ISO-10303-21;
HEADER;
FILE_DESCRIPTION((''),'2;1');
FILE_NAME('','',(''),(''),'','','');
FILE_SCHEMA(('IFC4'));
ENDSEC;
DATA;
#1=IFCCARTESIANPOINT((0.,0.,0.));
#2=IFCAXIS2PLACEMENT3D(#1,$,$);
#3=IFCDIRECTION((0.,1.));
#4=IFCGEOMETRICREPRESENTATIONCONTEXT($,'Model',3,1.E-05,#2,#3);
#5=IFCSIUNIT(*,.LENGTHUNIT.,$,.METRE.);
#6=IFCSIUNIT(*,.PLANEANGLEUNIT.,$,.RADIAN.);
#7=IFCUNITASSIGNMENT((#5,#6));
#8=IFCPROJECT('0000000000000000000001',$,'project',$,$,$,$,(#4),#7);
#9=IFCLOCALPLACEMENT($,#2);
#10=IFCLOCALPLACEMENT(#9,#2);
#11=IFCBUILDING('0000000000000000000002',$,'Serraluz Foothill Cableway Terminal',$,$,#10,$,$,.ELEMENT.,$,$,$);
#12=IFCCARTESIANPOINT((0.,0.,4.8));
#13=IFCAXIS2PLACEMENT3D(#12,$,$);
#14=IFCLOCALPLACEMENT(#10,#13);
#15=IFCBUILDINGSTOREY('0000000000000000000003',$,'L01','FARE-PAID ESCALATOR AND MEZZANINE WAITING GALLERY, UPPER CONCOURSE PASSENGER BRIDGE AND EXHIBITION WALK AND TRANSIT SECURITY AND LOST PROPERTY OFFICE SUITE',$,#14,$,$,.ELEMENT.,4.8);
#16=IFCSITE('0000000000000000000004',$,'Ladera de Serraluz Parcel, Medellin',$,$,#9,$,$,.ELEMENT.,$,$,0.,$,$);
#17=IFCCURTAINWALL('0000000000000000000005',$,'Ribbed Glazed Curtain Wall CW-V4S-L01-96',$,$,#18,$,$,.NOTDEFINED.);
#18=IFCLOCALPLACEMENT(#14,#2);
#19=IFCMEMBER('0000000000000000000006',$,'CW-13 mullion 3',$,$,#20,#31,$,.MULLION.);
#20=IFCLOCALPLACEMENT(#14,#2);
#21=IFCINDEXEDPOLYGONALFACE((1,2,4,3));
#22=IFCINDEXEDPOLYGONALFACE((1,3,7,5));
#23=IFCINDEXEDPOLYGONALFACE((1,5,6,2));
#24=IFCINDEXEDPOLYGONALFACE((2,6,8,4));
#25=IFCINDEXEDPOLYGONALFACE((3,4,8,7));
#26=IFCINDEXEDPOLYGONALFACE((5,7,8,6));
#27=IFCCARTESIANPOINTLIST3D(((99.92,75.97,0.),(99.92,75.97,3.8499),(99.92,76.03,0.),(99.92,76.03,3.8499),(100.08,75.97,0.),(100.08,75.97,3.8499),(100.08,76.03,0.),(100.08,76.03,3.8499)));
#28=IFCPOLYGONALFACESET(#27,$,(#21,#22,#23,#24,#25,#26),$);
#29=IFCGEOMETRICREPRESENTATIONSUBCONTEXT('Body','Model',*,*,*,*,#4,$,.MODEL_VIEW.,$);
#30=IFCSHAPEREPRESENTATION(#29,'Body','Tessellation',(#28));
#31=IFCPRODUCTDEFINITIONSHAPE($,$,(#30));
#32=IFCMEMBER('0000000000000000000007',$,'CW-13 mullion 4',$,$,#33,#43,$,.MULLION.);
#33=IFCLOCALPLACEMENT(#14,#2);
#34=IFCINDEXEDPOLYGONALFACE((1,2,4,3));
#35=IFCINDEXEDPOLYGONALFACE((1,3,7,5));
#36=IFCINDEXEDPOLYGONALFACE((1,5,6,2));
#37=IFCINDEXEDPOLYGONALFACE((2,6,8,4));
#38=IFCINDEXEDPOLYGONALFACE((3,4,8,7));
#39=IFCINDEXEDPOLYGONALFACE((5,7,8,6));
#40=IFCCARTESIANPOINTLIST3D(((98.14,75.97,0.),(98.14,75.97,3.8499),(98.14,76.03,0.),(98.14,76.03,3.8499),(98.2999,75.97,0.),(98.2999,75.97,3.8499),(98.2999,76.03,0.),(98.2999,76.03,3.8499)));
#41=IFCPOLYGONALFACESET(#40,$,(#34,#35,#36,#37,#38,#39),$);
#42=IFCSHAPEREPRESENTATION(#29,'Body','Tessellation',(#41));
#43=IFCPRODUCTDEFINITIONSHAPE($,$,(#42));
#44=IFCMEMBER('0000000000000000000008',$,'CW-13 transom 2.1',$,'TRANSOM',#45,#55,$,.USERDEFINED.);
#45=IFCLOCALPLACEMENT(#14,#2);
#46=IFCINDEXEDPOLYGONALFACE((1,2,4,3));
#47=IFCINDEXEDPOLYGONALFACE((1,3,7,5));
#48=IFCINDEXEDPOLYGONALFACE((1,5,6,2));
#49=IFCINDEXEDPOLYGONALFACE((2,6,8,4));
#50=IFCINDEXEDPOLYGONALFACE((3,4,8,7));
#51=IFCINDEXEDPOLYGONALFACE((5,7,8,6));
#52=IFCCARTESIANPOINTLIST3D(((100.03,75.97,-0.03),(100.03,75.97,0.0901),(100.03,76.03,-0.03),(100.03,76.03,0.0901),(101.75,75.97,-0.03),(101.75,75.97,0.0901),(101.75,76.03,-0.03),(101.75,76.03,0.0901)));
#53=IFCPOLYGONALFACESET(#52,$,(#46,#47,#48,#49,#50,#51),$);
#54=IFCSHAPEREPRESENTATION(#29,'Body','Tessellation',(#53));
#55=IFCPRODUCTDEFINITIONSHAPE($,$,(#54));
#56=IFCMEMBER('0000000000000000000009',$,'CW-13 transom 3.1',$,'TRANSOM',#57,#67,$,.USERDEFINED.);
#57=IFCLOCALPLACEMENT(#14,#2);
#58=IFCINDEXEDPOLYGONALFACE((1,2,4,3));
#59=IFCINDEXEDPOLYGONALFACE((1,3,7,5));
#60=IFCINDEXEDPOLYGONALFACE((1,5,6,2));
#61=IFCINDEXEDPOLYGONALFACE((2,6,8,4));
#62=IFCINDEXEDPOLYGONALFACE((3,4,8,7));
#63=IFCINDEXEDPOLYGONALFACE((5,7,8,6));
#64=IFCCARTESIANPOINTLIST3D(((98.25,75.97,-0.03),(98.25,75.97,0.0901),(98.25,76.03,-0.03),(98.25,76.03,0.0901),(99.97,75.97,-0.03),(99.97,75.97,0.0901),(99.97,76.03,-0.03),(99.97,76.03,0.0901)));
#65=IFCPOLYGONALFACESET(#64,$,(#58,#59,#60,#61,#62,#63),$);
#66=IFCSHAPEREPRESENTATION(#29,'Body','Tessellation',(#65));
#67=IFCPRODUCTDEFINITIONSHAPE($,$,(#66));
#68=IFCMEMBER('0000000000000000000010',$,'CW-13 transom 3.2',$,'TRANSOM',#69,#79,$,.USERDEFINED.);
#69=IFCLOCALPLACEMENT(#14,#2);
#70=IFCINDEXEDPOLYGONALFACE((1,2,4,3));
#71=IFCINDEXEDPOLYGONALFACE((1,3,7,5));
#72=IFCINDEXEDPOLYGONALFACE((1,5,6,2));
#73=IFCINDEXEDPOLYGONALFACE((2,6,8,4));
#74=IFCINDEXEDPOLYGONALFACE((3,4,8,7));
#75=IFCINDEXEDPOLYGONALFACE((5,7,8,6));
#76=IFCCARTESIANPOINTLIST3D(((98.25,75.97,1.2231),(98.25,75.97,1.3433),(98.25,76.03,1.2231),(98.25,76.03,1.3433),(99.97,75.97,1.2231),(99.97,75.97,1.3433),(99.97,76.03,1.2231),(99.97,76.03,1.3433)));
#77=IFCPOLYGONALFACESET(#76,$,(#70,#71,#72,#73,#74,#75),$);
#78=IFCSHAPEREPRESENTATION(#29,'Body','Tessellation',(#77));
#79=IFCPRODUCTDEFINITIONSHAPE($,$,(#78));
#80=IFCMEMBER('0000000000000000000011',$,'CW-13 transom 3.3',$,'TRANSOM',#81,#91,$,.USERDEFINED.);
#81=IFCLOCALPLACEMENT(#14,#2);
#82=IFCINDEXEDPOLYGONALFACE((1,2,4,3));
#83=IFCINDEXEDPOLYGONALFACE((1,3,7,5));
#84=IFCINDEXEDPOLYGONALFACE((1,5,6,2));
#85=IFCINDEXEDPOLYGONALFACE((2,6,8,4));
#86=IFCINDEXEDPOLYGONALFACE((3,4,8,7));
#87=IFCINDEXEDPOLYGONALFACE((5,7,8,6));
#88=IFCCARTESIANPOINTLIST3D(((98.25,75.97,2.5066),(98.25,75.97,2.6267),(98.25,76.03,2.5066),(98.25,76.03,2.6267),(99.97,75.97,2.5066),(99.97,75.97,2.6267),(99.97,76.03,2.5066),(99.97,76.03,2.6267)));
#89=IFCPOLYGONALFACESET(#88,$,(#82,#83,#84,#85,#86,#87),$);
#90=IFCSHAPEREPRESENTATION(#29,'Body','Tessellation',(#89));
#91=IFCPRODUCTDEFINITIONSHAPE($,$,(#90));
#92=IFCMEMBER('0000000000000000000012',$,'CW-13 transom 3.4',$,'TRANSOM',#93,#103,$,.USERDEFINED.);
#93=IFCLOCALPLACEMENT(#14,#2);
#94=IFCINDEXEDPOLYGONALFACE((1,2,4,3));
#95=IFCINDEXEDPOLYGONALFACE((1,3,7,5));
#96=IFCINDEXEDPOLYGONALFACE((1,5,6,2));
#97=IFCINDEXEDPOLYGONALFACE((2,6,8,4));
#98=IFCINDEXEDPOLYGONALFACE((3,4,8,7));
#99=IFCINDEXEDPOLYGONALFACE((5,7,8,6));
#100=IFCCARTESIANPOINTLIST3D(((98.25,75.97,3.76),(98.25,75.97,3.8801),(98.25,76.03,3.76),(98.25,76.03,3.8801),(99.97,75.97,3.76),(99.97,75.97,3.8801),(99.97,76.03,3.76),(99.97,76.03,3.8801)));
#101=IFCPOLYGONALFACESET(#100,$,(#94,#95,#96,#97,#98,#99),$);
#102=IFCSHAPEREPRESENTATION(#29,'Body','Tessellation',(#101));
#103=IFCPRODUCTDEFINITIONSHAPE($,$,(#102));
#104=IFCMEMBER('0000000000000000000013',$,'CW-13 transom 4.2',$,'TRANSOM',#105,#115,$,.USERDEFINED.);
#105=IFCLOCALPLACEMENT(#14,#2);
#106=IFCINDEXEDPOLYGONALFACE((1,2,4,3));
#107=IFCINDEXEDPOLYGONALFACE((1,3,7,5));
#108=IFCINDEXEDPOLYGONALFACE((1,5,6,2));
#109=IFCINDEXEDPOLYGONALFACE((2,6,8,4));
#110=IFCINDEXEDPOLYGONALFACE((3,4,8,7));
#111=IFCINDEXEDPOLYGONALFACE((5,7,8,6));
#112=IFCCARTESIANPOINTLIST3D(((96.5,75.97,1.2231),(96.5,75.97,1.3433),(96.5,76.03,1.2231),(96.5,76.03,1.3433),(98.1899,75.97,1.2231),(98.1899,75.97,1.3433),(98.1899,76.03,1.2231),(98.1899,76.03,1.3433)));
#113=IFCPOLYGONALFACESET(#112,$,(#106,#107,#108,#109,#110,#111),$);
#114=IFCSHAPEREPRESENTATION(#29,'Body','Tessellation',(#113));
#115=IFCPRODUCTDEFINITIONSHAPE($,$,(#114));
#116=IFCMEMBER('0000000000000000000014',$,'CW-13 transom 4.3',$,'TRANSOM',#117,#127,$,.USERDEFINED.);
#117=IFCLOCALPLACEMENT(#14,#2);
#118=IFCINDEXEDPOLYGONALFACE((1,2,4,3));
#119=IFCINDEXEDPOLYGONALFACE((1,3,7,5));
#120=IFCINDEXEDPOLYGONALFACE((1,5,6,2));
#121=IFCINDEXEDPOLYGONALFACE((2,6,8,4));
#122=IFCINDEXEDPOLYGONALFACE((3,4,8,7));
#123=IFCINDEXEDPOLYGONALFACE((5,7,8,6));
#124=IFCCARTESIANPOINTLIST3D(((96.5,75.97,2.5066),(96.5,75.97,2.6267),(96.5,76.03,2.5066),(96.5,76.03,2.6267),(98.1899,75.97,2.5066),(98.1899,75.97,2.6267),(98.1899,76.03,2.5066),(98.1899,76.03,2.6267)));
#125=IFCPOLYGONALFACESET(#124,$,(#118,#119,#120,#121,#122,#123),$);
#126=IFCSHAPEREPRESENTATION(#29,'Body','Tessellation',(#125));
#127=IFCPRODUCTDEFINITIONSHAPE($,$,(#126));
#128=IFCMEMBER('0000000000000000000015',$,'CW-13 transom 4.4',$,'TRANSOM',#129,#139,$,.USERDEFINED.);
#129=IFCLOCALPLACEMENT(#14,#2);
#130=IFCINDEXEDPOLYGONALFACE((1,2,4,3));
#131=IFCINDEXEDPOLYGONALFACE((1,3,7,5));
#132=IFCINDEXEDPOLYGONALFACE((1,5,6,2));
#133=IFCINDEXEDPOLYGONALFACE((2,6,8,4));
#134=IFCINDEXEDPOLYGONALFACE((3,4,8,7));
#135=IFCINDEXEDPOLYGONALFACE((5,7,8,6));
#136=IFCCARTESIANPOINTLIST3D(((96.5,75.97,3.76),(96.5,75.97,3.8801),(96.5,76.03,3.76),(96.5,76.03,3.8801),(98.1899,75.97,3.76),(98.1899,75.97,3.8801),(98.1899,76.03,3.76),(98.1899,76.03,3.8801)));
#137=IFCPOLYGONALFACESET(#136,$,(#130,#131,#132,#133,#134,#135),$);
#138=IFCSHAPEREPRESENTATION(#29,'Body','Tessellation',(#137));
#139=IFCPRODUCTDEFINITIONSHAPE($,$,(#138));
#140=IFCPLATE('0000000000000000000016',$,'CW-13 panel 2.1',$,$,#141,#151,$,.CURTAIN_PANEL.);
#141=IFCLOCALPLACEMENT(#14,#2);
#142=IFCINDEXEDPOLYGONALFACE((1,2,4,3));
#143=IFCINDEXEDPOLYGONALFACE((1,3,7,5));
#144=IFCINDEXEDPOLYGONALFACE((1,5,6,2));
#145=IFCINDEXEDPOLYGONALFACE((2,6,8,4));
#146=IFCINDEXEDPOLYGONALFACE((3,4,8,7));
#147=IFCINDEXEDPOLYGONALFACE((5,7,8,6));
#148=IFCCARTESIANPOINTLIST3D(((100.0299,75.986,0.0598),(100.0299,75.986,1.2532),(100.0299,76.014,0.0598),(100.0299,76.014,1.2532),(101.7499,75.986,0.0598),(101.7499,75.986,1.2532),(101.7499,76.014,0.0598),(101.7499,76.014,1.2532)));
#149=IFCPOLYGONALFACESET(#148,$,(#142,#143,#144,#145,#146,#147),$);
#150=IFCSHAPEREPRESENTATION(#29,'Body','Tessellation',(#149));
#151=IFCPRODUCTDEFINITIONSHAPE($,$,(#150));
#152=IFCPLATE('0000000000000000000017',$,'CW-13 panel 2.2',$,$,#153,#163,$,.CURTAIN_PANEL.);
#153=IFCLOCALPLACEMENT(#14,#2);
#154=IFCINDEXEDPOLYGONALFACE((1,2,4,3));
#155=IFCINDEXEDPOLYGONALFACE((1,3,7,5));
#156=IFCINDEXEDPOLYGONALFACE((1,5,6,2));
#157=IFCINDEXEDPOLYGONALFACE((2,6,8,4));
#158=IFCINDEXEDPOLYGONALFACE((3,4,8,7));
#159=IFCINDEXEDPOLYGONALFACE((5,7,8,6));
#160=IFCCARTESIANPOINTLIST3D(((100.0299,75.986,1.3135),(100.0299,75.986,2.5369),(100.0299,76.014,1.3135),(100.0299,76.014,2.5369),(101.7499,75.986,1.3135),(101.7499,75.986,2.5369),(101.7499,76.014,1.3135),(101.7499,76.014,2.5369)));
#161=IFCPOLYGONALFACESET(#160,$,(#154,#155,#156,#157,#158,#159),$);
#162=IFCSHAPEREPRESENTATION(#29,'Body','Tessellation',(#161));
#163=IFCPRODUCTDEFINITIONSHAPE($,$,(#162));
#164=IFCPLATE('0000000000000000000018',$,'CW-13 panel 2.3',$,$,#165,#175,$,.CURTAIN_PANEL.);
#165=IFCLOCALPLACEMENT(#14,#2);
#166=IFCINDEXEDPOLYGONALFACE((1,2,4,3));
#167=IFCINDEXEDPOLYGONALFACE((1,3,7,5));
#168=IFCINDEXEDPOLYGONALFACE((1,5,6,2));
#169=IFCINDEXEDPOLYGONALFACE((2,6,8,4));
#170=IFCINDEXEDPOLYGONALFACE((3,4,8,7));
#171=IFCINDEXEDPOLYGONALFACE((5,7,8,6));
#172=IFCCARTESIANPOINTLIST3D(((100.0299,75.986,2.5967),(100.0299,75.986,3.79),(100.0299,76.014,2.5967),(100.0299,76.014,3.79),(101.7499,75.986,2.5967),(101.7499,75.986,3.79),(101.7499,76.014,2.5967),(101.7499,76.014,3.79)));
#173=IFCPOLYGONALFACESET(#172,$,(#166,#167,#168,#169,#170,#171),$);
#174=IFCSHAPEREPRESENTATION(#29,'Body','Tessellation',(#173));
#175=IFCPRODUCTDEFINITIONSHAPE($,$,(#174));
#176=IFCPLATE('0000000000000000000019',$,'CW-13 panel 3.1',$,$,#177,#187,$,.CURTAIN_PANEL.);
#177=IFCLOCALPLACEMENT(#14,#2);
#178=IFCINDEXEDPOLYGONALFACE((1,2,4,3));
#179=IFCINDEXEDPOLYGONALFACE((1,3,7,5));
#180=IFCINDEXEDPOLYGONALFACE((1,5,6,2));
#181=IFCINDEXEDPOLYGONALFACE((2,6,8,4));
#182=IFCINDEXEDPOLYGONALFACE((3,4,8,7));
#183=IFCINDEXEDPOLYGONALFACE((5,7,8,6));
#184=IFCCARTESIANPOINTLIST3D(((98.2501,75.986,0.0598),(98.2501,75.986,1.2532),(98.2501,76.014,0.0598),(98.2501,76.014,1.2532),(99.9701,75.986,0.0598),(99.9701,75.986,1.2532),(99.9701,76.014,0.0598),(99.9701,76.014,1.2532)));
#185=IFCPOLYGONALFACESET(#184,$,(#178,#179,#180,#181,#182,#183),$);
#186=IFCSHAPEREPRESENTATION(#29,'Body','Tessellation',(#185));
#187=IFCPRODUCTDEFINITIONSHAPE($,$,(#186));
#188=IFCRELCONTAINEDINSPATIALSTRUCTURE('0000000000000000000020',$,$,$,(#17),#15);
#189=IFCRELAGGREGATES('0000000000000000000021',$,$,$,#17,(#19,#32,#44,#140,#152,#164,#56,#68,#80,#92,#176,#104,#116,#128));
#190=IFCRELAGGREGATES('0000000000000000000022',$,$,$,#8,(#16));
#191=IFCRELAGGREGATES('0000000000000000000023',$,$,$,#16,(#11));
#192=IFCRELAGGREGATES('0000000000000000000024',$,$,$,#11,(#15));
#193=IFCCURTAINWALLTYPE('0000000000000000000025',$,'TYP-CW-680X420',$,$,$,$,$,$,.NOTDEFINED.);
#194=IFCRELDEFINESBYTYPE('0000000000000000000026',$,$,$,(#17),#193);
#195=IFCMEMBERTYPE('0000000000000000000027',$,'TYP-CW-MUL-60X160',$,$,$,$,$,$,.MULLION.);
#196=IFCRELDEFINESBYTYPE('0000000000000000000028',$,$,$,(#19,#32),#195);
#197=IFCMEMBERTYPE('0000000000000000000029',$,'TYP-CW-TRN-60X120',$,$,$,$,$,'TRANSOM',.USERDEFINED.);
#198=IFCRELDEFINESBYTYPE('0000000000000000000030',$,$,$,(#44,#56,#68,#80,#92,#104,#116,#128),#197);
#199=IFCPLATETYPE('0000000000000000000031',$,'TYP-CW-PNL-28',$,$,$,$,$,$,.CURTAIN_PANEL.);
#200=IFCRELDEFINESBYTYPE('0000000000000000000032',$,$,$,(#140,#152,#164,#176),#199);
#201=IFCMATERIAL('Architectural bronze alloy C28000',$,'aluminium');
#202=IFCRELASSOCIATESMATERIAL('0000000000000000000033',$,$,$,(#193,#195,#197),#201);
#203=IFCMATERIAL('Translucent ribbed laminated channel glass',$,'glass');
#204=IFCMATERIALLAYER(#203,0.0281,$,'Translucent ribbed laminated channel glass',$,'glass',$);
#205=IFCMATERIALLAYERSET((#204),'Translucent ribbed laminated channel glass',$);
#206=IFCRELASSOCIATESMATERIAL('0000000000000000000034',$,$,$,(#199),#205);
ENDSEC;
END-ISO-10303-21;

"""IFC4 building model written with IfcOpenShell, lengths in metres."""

from ifc_helpers import new_model, si_unit, direction, frame, origin, origin_2d, place, context, subcontext, project, spatial, rectangle, extrude, material, layer, layer_set, material_profile, profile_set, type_object, element, aggregate, save


model = new_model("IFC4")

# Units and contexts
model_context = context("Model", 3, precision=1e-05, world=origin(), true_north=direction((0.0, 1.0)))
body_context = subcontext(model_context, "Body", "Model", "MODEL_VIEW")
ifc_project = project(units=[si_unit("LENGTHUNIT", "METRE"), si_unit("PLANEANGLEUNIT", "RADIAN")], contexts=[model_context])

# Site, building, storey
site_placement = place(None, origin())
site = spatial("IfcSite", under=ifc_project, at=site_placement, Name="Ladera de Serraluz Parcel, Medellin", CompositionType="ELEMENT", RefElevation=0.0)
building_placement = place(site_placement, origin())
building = spatial("IfcBuilding", under=site, at=building_placement, Name="Serraluz Foothill Cableway Terminal", CompositionType="ELEMENT")
storey_placement = place(building_placement, frame((0.0, 0.0, 4.8)))
storey = spatial("IfcBuildingStorey", under=building, at=storey_placement, Name="L01", Description="FARE-PAID ESCALATOR AND MEZZANINE WAITING GALLERY, UPPER CONCOURSE PASSENGER BRIDGE AND EXHIBITION WALK AND TRANSIT SECURITY AND LOST PROPERTY OFFICE SUITE", CompositionType="ELEMENT", Elevation=4.8)

# Curtain wall, members, plates
ifc_material_1 = material(Name="Architectural bronze alloy C28000", Category="aluminium")
curtain_wall_type = type_object("IfcCurtainWallType", Name="TYP-CW-680X420", PredefinedType="NOTDEFINED", material=ifc_material_1)
curtain_wall_placement = place(storey_placement, origin())
curtain_wall = element("IfcCurtainWall", 1, at=curtain_wall_placement, inside=storey, type_object=curtain_wall_type, Name="Ribbed Glazed Curtain Wall CW-V4S-L01-96", PredefinedType="NOTDEFINED")
ifc_material_profile_1 = material_profile(ifc_material_1, rectangle(XDim=0.0601, YDim=0.1599, at=origin_2d()), Name="ALU MULLION 60x160")
ifc_profile_set_1 = profile_set([ifc_material_profile_1], Name="Architectural bronze alloy C28000")
member_type_1 = type_object("IfcMemberType", Name="TYP-CW-MUL-60X160", PredefinedType="MULLION", material=ifc_profile_set_1)
member_1_placement = place(storey_placement, frame((100.0, 76.0, 0.0), z_axis=(0.0, 0.0, 1.0), x_axis=(0.0, -1.0, 0.0)))
member_1 = element("IfcMember", 2, at=member_1_placement, type_object=member_type_1, Name="CW-13 mullion 3", PredefinedType="MULLION", context=body_context, shape_type="SweptSolid", body=[
    extrude(rectangle(XDim=0.0601, YDim=0.1599, at=origin_2d()), origin(), (0.0, 0.0, 1.0), 3.8499),
])
member_2_placement = place(storey_placement, frame((98.22, 76.0, 0.0), z_axis=(0.0, 0.0, 1.0), x_axis=(0.0, -1.0, 0.0)))
member_2 = element("IfcMember", 3, at=member_2_placement, type_object=member_type_1, Name="CW-13 mullion 4", PredefinedType="MULLION", context=body_context, shape_type="SweptSolid", body=[
    extrude(rectangle(XDim=0.0601, YDim=0.1599, at=origin_2d()), origin(), (0.0, 0.0, 1.0), 3.8499),
])
ifc_material_profile_2 = material_profile(ifc_material_1, rectangle(XDim=0.0601, YDim=0.1201, at=origin_2d()), Name="ALU TRANSOM 60x120")
ifc_profile_set_2 = profile_set([ifc_material_profile_2], Name="Architectural bronze alloy C28000")
member_type_2 = type_object("IfcMemberType", Name="TYP-CW-TRN-60X120", ElementType="TRANSOM", PredefinedType="USERDEFINED", material=ifc_profile_set_2)
member_3_placement = place(storey_placement, frame((101.75, 76.0, 0.03), z_axis=(-1.0, 0.0, 0.0), x_axis=(0.0, -1.0, 0.0)))
member_3 = element("IfcMember", 4, at=member_3_placement, type_object=member_type_2, Name="CW-13 transom 2.1", ObjectType="TRANSOM", PredefinedType="USERDEFINED", context=body_context, shape_type="SweptSolid", body=[
    extrude(rectangle(XDim=0.0601, YDim=0.1201, at=origin_2d()), origin(), (0.0, 0.0, 1.0), 1.72),
])
member_4_placement = place(storey_placement, frame((99.97, 76.0, 0.03), z_axis=(-1.0, 0.0, 0.0), x_axis=(0.0, -1.0, 0.0)))
member_4 = element("IfcMember", 5, at=member_4_placement, type_object=member_type_2, Name="CW-13 transom 3.1", ObjectType="TRANSOM", PredefinedType="USERDEFINED", context=body_context, shape_type="SweptSolid", body=[
    extrude(rectangle(XDim=0.0601, YDim=0.1201, at=origin_2d()), origin(), (0.0, 0.0, 1.0), 1.72),
])
member_5_placement = place(storey_placement, frame((99.97, 76.0, 1.2832), z_axis=(-1.0, 0.0, 0.0), x_axis=(0.0, -1.0, 0.0)))
member_5 = element("IfcMember", 6, at=member_5_placement, type_object=member_type_2, Name="CW-13 transom 3.2", ObjectType="TRANSOM", PredefinedType="USERDEFINED", context=body_context, shape_type="SweptSolid", body=[
    extrude(rectangle(XDim=0.0601, YDim=0.1201, at=origin_2d()), origin(), (0.0, 0.0, 1.0), 1.72),
])
member_6_placement = place(storey_placement, frame((99.97, 76.0, 2.5667), z_axis=(-1.0, 0.0, 0.0), x_axis=(0.0, -1.0, 0.0)))
member_6 = element("IfcMember", 7, at=member_6_placement, type_object=member_type_2, Name="CW-13 transom 3.3", ObjectType="TRANSOM", PredefinedType="USERDEFINED", context=body_context, shape_type="SweptSolid", body=[
    extrude(rectangle(XDim=0.0601, YDim=0.1201, at=origin_2d()), origin(), (0.0, 0.0, 1.0), 1.72),
])
member_7_placement = place(storey_placement, frame((99.97, 76.0, 3.8201), z_axis=(-1.0, 0.0, 0.0), x_axis=(0.0, -1.0, 0.0)))
member_7 = element("IfcMember", 8, at=member_7_placement, type_object=member_type_2, Name="CW-13 transom 3.4", ObjectType="TRANSOM", PredefinedType="USERDEFINED", context=body_context, shape_type="SweptSolid", body=[
    extrude(rectangle(XDim=0.0601, YDim=0.1201, at=origin_2d()), origin(), (0.0, 0.0, 1.0), 1.72),
])
member_8_placement = place(storey_placement, frame((98.1899, 76.0, 1.2832), z_axis=(-1.0, 0.0, 0.0), x_axis=(0.0, -1.0, 0.0)))
member_8 = element("IfcMember", 9, at=member_8_placement, type_object=member_type_2, Name="CW-13 transom 4.2", ObjectType="TRANSOM", PredefinedType="USERDEFINED", context=body_context, shape_type="SweptSolid", body=[
    extrude(rectangle(XDim=0.0601, YDim=0.1201, at=origin_2d()), origin(), (0.0, 0.0, 1.0), 1.6899),
])
member_9_placement = place(storey_placement, frame((98.1899, 76.0, 2.5667), z_axis=(-1.0, 0.0, 0.0), x_axis=(0.0, -1.0, 0.0)))
member_9 = element("IfcMember", 10, at=member_9_placement, type_object=member_type_2, Name="CW-13 transom 4.3", ObjectType="TRANSOM", PredefinedType="USERDEFINED", context=body_context, shape_type="SweptSolid", body=[
    extrude(rectangle(XDim=0.0601, YDim=0.1201, at=origin_2d()), origin(), (0.0, 0.0, 1.0), 1.6899),
])
member_10_placement = place(storey_placement, frame((98.1899, 76.0, 3.8201), z_axis=(-1.0, 0.0, 0.0), x_axis=(0.0, -1.0, 0.0)))
member_10 = element("IfcMember", 11, at=member_10_placement, type_object=member_type_2, Name="CW-13 transom 4.4", ObjectType="TRANSOM", PredefinedType="USERDEFINED", context=body_context, shape_type="SweptSolid", body=[
    extrude(rectangle(XDim=0.0601, YDim=0.1201, at=origin_2d()), origin(), (0.0, 0.0, 1.0), 1.6899),
])
ifc_material_2 = material(Name="Translucent ribbed laminated channel glass", Category="glass")
ifc_layer = layer(ifc_material_2, 0.0281, Name="Translucent ribbed laminated channel glass", Category="glass")
ifc_layer_set = layer_set([ifc_layer], Name="Translucent ribbed laminated channel glass")
plate_type = type_object("IfcPlateType", Name="TYP-CW-PNL-28", PredefinedType="CURTAIN_PANEL", material=ifc_layer_set)
plate_1_placement = place(storey_placement, frame((100.8899, 76.0, 0.0598), z_axis=(0.0, 0.0, 1.0), x_axis=(-1.0, 0.0, 0.0)))
plate_1 = element("IfcPlate", 12, at=plate_1_placement, type_object=plate_type, Name="CW-13 panel 2.1", PredefinedType="CURTAIN_PANEL", context=body_context, shape_type="SweptSolid", body=[
    extrude(rectangle(XDim=1.72, YDim=0.0281, at=origin_2d()), origin(), (0.0, 0.0, 1.0), 1.1934),
])
plate_2_placement = place(storey_placement, frame((100.8899, 76.0, 1.3135), z_axis=(0.0, 0.0, 1.0), x_axis=(-1.0, 0.0, 0.0)))
plate_2 = element("IfcPlate", 13, at=plate_2_placement, type_object=plate_type, Name="CW-13 panel 2.2", PredefinedType="CURTAIN_PANEL", context=body_context, shape_type="SweptSolid", body=[
    extrude(rectangle(XDim=1.72, YDim=0.0281, at=origin_2d()), origin(), (0.0, 0.0, 1.0), 1.2234),
])
plate_3_placement = place(storey_placement, frame((100.8899, 76.0, 2.5967), z_axis=(0.0, 0.0, 1.0), x_axis=(-1.0, 0.0, 0.0)))
plate_3 = element("IfcPlate", 14, at=plate_3_placement, type_object=plate_type, Name="CW-13 panel 2.3", PredefinedType="CURTAIN_PANEL", context=body_context, shape_type="SweptSolid", body=[
    extrude(rectangle(XDim=1.72, YDim=0.0281, at=origin_2d()), origin(), (0.0, 0.0, 1.0), 1.1934),
])
plate_4_placement = place(storey_placement, frame((99.1101, 76.0, 0.0598), z_axis=(0.0, 0.0, 1.0), x_axis=(-1.0, 0.0, 0.0)))
plate_4 = element("IfcPlate", 15, at=plate_4_placement, type_object=plate_type, Name="CW-13 panel 3.1", PredefinedType="CURTAIN_PANEL", context=body_context, shape_type="SweptSolid", body=[
    extrude(rectangle(XDim=1.72, YDim=0.0281, at=origin_2d()), origin(), (0.0, 0.0, 1.0), 1.1934),
])
aggregate(curtain_wall, [member_1, member_2, member_3, plate_1, plate_2, plate_3, member_4, member_5, member_6, member_7, plate_4, member_8, member_9, member_10])

save(model, "model.ifc")
